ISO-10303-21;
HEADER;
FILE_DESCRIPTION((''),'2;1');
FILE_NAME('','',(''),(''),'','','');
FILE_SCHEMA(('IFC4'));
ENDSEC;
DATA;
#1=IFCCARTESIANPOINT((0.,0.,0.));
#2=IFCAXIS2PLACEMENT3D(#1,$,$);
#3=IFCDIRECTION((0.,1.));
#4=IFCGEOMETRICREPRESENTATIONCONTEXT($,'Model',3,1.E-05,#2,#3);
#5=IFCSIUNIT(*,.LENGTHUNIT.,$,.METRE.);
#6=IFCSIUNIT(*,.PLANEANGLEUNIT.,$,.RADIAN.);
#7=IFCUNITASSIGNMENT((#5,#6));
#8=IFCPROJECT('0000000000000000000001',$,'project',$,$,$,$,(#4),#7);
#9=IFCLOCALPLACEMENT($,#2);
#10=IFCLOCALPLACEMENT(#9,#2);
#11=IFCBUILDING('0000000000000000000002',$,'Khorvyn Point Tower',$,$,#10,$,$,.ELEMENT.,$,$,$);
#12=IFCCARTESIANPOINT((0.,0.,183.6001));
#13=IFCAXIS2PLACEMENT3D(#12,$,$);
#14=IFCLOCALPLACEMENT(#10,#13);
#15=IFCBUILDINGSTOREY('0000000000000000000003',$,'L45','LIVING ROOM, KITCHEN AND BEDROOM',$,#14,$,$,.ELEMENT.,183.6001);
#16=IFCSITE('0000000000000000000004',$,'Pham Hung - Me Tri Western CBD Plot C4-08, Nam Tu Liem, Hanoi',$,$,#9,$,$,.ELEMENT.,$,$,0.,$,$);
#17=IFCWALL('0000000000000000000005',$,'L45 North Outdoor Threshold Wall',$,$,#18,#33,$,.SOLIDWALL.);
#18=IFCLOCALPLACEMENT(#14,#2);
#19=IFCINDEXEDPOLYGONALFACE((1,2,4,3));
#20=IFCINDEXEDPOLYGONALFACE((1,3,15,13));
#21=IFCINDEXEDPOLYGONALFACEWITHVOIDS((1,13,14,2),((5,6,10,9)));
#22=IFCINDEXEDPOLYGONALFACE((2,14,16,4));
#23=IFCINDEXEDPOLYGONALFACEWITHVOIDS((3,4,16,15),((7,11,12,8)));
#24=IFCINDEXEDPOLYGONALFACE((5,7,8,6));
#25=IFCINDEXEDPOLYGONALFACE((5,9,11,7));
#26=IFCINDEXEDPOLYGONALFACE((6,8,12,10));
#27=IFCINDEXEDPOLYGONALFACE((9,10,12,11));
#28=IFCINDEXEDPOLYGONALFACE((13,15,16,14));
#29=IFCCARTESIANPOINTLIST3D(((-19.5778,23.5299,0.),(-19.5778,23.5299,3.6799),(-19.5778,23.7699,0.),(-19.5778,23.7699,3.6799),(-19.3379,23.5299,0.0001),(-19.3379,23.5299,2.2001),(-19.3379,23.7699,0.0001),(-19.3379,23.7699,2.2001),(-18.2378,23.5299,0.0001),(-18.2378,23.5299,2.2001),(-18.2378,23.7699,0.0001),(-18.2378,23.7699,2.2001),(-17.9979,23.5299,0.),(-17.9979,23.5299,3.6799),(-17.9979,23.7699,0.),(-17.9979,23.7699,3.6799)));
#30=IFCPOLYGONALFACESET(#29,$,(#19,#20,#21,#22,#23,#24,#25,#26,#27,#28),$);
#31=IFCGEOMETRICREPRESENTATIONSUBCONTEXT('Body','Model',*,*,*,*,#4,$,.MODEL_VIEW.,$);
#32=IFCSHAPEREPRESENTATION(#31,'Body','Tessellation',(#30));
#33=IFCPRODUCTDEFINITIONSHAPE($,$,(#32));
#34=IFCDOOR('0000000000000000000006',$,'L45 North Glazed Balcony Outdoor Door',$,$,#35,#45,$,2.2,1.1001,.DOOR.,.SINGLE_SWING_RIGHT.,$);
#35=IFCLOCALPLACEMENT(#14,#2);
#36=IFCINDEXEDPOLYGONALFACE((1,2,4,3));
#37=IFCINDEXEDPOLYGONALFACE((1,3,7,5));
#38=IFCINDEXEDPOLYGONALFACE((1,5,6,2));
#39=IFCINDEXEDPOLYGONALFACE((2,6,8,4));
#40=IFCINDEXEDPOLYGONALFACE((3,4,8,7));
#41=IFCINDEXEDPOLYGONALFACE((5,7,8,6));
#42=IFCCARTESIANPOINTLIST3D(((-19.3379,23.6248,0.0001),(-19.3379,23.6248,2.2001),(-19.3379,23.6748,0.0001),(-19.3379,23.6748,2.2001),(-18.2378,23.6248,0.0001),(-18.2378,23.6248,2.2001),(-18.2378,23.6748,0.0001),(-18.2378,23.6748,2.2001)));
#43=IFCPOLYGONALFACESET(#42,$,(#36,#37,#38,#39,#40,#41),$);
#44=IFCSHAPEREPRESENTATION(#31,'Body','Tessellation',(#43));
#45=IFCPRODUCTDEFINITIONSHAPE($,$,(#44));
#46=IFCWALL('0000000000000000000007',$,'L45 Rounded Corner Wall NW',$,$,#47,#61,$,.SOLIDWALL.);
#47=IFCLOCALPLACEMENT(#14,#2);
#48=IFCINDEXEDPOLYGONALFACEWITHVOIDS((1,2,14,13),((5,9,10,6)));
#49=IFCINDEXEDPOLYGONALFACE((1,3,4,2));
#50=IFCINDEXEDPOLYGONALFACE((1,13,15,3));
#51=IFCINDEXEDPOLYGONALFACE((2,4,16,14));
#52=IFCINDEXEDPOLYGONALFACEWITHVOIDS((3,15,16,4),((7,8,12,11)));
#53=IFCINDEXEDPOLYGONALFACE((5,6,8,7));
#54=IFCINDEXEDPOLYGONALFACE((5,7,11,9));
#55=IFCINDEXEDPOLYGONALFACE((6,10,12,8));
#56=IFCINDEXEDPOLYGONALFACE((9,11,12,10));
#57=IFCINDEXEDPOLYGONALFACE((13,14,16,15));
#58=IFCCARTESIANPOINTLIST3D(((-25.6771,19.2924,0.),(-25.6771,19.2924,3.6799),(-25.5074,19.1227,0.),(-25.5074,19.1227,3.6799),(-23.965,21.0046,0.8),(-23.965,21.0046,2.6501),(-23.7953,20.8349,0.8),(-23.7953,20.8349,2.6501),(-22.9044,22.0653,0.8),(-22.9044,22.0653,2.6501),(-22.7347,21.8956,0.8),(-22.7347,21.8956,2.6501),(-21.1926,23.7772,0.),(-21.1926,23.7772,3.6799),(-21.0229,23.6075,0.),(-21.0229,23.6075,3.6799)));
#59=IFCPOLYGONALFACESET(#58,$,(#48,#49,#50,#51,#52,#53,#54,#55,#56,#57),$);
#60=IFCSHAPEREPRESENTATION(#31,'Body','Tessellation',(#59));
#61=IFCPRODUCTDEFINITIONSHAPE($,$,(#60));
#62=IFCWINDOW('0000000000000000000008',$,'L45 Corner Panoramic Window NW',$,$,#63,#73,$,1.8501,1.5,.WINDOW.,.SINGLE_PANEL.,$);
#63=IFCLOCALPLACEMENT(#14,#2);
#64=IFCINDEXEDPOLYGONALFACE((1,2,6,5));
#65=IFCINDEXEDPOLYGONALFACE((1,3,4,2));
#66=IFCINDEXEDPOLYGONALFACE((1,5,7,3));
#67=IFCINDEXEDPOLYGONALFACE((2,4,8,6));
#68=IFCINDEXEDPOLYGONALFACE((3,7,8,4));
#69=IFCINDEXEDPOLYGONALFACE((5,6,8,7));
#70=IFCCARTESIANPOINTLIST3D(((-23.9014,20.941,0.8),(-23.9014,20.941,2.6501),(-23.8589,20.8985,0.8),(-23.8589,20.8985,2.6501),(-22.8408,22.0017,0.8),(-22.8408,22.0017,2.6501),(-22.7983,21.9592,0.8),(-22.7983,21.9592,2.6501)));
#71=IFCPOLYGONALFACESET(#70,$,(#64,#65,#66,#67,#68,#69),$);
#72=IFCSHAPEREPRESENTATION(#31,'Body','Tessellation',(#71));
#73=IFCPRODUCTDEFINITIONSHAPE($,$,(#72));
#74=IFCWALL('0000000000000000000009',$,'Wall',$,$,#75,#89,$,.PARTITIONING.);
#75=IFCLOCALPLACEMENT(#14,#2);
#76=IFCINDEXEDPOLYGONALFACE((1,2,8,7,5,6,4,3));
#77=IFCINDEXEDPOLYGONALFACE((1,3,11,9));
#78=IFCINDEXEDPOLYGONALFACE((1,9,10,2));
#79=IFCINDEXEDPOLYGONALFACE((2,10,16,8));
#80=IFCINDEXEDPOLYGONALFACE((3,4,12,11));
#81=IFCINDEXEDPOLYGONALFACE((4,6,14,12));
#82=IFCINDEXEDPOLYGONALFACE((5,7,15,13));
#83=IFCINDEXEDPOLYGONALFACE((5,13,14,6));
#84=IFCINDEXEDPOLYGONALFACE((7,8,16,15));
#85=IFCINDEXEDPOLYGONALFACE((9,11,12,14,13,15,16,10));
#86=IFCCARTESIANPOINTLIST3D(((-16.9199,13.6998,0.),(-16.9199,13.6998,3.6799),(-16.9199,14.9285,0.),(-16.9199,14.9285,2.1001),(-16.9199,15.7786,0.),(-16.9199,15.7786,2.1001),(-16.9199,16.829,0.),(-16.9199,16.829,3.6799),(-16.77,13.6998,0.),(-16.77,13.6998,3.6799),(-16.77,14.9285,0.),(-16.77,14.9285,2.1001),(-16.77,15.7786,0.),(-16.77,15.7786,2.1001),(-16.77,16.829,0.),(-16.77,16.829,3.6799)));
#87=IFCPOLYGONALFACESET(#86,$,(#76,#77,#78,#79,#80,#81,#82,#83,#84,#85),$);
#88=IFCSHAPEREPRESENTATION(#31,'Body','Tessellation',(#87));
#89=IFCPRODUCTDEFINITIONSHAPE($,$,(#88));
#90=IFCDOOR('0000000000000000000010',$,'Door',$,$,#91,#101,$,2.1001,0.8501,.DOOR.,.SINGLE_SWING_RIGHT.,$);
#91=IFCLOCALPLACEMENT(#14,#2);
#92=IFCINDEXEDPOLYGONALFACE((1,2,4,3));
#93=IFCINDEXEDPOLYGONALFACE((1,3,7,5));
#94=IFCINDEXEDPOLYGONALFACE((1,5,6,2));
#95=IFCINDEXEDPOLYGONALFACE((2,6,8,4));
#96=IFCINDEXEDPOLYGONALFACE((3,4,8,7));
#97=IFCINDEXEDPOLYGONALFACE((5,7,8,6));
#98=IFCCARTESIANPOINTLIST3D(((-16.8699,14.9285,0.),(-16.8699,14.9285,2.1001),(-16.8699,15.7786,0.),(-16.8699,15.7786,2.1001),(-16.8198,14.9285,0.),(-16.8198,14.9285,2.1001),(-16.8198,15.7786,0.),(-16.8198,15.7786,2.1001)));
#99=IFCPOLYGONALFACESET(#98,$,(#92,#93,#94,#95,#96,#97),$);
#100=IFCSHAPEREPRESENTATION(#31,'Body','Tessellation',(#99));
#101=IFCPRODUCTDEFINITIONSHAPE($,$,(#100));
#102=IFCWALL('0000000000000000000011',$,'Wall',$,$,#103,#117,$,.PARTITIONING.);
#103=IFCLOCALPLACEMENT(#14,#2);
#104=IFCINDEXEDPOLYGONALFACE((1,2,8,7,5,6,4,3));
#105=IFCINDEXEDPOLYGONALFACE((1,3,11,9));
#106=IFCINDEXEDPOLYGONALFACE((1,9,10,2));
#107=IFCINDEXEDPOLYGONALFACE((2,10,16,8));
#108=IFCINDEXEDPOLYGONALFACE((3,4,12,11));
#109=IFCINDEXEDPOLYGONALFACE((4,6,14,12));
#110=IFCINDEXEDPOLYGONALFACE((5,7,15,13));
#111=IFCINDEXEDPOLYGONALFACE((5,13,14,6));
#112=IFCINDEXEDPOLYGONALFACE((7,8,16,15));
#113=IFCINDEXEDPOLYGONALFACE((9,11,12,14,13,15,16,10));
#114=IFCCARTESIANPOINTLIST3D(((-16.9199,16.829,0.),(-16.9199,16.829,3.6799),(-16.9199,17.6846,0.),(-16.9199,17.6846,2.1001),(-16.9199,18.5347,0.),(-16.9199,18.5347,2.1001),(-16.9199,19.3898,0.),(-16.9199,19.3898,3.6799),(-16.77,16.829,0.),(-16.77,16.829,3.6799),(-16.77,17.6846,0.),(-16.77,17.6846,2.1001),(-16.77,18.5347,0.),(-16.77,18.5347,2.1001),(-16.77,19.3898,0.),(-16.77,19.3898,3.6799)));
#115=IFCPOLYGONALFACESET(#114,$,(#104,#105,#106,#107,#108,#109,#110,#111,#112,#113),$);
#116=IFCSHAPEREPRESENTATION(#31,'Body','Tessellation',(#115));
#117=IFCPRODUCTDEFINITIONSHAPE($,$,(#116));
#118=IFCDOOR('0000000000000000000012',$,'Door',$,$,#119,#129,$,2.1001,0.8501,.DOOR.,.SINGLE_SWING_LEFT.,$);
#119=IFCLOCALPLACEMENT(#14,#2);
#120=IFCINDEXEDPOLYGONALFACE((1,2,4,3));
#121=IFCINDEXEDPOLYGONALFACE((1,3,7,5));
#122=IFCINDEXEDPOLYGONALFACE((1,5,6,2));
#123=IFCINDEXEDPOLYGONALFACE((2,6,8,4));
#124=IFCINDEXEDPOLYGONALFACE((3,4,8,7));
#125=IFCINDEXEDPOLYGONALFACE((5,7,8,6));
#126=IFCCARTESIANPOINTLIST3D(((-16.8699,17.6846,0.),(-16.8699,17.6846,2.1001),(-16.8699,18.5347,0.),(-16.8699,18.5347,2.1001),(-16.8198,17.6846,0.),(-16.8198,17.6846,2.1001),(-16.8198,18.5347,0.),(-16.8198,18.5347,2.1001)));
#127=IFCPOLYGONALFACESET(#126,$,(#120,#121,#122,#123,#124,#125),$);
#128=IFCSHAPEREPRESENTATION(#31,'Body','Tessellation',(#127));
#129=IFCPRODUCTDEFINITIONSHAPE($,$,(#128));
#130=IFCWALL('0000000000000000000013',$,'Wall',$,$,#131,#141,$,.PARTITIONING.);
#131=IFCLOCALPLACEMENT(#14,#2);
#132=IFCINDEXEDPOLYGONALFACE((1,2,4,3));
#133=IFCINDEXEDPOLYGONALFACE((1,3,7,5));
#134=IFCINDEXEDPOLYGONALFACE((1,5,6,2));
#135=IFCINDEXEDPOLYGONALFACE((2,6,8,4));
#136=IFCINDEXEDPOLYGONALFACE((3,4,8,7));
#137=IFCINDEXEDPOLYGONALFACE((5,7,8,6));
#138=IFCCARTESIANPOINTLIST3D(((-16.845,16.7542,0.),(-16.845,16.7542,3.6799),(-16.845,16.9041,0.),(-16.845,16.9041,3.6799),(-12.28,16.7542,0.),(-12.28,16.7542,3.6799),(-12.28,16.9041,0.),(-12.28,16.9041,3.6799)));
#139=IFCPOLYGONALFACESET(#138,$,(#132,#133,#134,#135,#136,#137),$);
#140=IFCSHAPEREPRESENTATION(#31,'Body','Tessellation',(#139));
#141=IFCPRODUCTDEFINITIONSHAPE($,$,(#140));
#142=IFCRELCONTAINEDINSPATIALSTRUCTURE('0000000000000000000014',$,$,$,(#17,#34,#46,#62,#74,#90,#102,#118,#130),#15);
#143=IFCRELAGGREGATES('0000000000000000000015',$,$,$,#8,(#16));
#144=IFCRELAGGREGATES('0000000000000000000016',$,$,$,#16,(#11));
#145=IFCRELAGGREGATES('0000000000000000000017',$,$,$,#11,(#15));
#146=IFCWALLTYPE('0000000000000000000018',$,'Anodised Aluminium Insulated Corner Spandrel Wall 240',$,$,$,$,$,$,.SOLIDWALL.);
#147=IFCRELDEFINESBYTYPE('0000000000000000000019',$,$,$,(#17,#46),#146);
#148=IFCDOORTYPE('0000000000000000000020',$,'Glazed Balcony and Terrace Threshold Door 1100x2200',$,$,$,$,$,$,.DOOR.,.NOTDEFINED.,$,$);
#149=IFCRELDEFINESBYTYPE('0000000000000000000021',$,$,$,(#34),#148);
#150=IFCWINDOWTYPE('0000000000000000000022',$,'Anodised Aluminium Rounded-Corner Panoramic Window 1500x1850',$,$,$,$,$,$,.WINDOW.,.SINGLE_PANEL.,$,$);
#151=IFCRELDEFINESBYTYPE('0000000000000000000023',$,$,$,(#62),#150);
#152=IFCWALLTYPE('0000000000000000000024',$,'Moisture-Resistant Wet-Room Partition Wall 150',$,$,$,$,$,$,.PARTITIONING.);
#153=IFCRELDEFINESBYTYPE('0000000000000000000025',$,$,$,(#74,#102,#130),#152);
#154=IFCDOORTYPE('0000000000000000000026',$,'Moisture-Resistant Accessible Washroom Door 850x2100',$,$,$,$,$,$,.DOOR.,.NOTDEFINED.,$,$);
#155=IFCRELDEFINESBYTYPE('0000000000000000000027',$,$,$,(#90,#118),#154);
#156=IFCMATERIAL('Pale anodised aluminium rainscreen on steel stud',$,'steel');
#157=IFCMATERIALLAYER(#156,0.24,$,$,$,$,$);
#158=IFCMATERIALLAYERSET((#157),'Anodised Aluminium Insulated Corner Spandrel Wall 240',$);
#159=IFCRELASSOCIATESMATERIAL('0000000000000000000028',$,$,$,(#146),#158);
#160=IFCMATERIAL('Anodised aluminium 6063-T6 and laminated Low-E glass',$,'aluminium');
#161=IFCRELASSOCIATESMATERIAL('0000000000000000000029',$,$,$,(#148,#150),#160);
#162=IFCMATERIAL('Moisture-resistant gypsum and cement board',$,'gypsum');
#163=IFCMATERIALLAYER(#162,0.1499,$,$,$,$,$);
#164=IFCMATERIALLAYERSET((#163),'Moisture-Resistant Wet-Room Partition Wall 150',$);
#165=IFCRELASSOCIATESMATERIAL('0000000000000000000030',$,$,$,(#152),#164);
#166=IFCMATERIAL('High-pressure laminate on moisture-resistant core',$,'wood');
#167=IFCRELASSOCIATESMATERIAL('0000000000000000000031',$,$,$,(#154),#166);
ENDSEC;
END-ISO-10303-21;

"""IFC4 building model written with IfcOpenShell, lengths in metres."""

from ifc_helpers import new_model, si_unit, direction, frame, frame_2d, origin, place, context, subcontext, project, spatial, rectangle, extrude, material, layer, layer_set, type_object, element, fill, save


model = new_model("IFC4")

# Units and contexts
model_context = context("Model", 3, precision=1e-05, world=origin(), true_north=direction((0.0, 1.0)))
body_context = subcontext(model_context, "Body", "Model", "MODEL_VIEW")
ifc_project = project(units=[si_unit("LENGTHUNIT", "METRE"), si_unit("PLANEANGLEUNIT", "RADIAN")], contexts=[model_context])

# Site, building, storey
site_placement = place(None, origin())
site = spatial("IfcSite", under=ifc_project, at=site_placement, Name="Pham Hung - Me Tri Western CBD Plot C4-08, Nam Tu Liem, Hanoi", CompositionType="ELEMENT", RefElevation=0.0)
building_placement = place(site_placement, origin())
building = spatial("IfcBuilding", under=site, at=building_placement, Name="Khorvyn Point Tower", CompositionType="ELEMENT")
storey_placement = place(building_placement, frame((0.0, 0.0, 183.6001)))
storey = spatial("IfcBuildingStorey", under=building, at=storey_placement, Name="L45", Description="LIVING ROOM, KITCHEN AND BEDROOM", CompositionType="ELEMENT", Elevation=183.6001)

# Shared definitions
ifc_material_1 = material(Name="Anodised aluminium 6063-T6 and laminated Low-E glass", Category="aluminium")

# Wall, opening, door
ifc_material_2 = material(Name="Pale anodised aluminium rainscreen on steel stud", Category="steel")
ifc_layer_1 = layer(ifc_material_2, 0.24)
ifc_layer_set_1 = layer_set([ifc_layer_1], Name="Anodised Aluminium Insulated Corner Spandrel Wall 240")
wall_type_1 = type_object("IfcWallType", Name="Anodised Aluminium Insulated Corner Spandrel Wall 240", PredefinedType="SOLIDWALL", material=ifc_layer_set_1)
wall_1_placement = place(storey_placement, frame((-19.5779, 23.6499, 0.0), z_axis=(0.0, 0.0, 1.0), x_axis=(1.0, 0.0, 0.0)))
wall_1 = element("IfcWall", 1, at=wall_1_placement, inside=storey, type_object=wall_type_1, Name="L45 North Outdoor Threshold Wall", PredefinedType="SOLIDWALL", context=body_context, shape_type="SweptSolid", body=[
    extrude(rectangle(XDim=1.5798, YDim=0.24, at=frame_2d((0.79, 0.0))), origin(), (0.0, 0.0, 1.0), 3.6799),
])
opening_1_placement = place(wall_1_placement, frame((0.24, 0.0, 0.0)))
opening_1 = element("IfcOpeningElement", 2, at=opening_1_placement, cuts=wall_1, PredefinedType="OPENING", context=body_context, shape_type="SweptSolid", body=[
    extrude(rectangle(XDim=1.1001, YDim=2.2, at=frame_2d((0.55, 1.1001))), frame((0.0, 0.1299, 0.0), z_axis=(0.0, -1.0, 0.0), x_axis=(1.0, 0.0, 0.0)), (0.0, 0.0, 1.0), 0.26),
])
door_type_1 = type_object("IfcDoorType", Name="Glazed Balcony and Terrace Threshold Door 1100x2200", OperationType="NOTDEFINED", PredefinedType="DOOR", material=ifc_material_1)
door_1_placement = place(opening_1_placement, origin())
door_1 = element("IfcDoor", 3, at=door_1_placement, inside=storey, type_object=door_type_1, Name="L45 North Glazed Balcony Outdoor Door", OperationType="SINGLE_SWING_RIGHT", OverallHeight=2.2, OverallWidth=1.1001, PredefinedType="DOOR", context=body_context, shape_type="SweptSolid", body=[
    extrude(rectangle(XDim=1.1001, YDim=2.2, at=frame_2d((0.55, 1.1001))), frame((0.0, 0.0249, 0.0), z_axis=(0.0, -1.0, 0.0), x_axis=(1.0, 0.0, 0.0)), (0.0, 0.0, 1.0), 0.05),
])
fill(opening_1, door_1)

# Wall, opening, window
wall_2_placement = place(storey_placement, frame((-25.5923, 19.2075, 0.0), z_axis=(0.0, 0.0, 1.0), x_axis=(0.707088, 0.707126, 0.0)))
wall_2 = element("IfcWall", 4, at=wall_2_placement, inside=storey, type_object=wall_type_1, Name="L45 Rounded Corner Wall NW", PredefinedType="SOLIDWALL", context=body_context, shape_type="SweptSolid", body=[
    extrude(rectangle(XDim=6.3423, YDim=0.24, at=frame_2d((3.1711, 0.0))), origin(), (0.0, 0.0, 1.0), 3.6799),
])
opening_2_placement = place(wall_2_placement, frame((2.4214, 0.0, 0.8)))
opening_2 = element("IfcOpeningElement", 5, at=opening_2_placement, cuts=wall_2, PredefinedType="OPENING", context=body_context, shape_type="SweptSolid", body=[
    extrude(rectangle(XDim=1.5, YDim=1.8501, at=frame_2d((0.75, 0.925))), frame((0.0, 0.1299, 0.0), z_axis=(0.0, -1.0, 0.0), x_axis=(1.0, 0.0, 0.0)), (0.0, 0.0, 1.0), 0.26),
])
window_type = type_object("IfcWindowType", Name="Anodised Aluminium Rounded-Corner Panoramic Window 1500x1850", PartitioningType="SINGLE_PANEL", PredefinedType="WINDOW", material=ifc_material_1)
window_placement = place(opening_2_placement, origin())
window = element("IfcWindow", 6, at=window_placement, inside=storey, type_object=window_type, Name="L45 Corner Panoramic Window NW", OverallHeight=1.8501, OverallWidth=1.5, PartitioningType="SINGLE_PANEL", PredefinedType="WINDOW", context=body_context, shape_type="SweptSolid", body=[
    extrude(rectangle(XDim=1.5, YDim=1.8501, at=frame_2d((0.75, 0.925))), frame((0.0, 0.03, 0.0), z_axis=(0.0, -1.0, 0.0), x_axis=(1.0, 0.0, 0.0)), (0.0, 0.0, 1.0), 0.0601),
])
fill(opening_2, window)

# Walls, openings, doors
ifc_material_3 = material(Name="Moisture-resistant gypsum and cement board", Category="gypsum")
ifc_layer_2 = layer(ifc_material_3, 0.1499)
ifc_layer_set_2 = layer_set([ifc_layer_2], Name="Moisture-Resistant Wet-Room Partition Wall 150")
wall_type_2 = type_object("IfcWallType", Name="Moisture-Resistant Wet-Room Partition Wall 150", PredefinedType="PARTITIONING", material=ifc_layer_set_2)
wall_3_placement = place(storey_placement, frame((-16.845, 13.7, 0.0), z_axis=(0.0, 0.0, 1.0), x_axis=(0.0, 1.0, 0.0)))
wall_3 = element("IfcWall", 7, at=wall_3_placement, inside=storey, type_object=wall_type_2, Name="Wall", PredefinedType="PARTITIONING", context=body_context, shape_type="SweptSolid", body=[
    extrude(rectangle(XDim=3.1292, YDim=0.1499, at=frame_2d((1.5645, 0.0))), origin(), (0.0, 0.0, 1.0), 3.6799),
])
opening_3_placement = place(wall_3_placement, frame((1.2285, 0.0, 0.0)))
opening_3 = element("IfcOpeningElement", 8, at=opening_3_placement, cuts=wall_3, PredefinedType="OPENING", context=body_context, shape_type="SweptSolid", body=[
    extrude(rectangle(XDim=0.8501, YDim=2.1001, at=frame_2d((0.425, 1.05))), frame((0.0, 0.085, 0.0), z_axis=(0.0, -1.0, 0.0), x_axis=(1.0, 0.0, 0.0)), (0.0, 0.0, 1.0), 0.1699),
])
ifc_material_4 = material(Name="High-pressure laminate on moisture-resistant core", Category="wood")
door_type_2 = type_object("IfcDoorType", Name="Moisture-Resistant Accessible Washroom Door 850x2100", OperationType="NOTDEFINED", PredefinedType="DOOR", material=ifc_material_4)
door_2_placement = place(opening_3_placement, origin())
door_2 = element("IfcDoor", 9, at=door_2_placement, inside=storey, type_object=door_type_2, Name="Door", OperationType="SINGLE_SWING_RIGHT", OverallHeight=2.1001, OverallWidth=0.8501, PredefinedType="DOOR", context=body_context, shape_type="SweptSolid", body=[
    extrude(rectangle(XDim=0.8501, YDim=2.1001, at=frame_2d((0.425, 1.05))), frame((0.0, 0.0249, 0.0), z_axis=(0.0, -1.0, 0.0), x_axis=(1.0, 0.0, 0.0)), (0.0, 0.0, 1.0), 0.05),
])
fill(opening_3, door_2)
wall_4_placement = place(storey_placement, frame((-16.845, 16.8291, 0.0), z_axis=(0.0, 0.0, 1.0), x_axis=(0.0, 1.0, 0.0)))
wall_4 = element("IfcWall", 10, at=wall_4_placement, inside=storey, type_object=wall_type_2, Name="Wall", PredefinedType="PARTITIONING", context=body_context, shape_type="SweptSolid", body=[
    extrude(rectangle(XDim=2.5608, YDim=0.1499, at=frame_2d((1.2803, 0.0))), origin(), (0.0, 0.0, 1.0), 3.6799),
])
opening_4_placement = place(wall_4_placement, frame((0.8555, 0.0, 0.0)))
opening_4 = element("IfcOpeningElement", 11, at=opening_4_placement, cuts=wall_4, PredefinedType="OPENING", context=body_context, shape_type="SweptSolid", body=[
    extrude(rectangle(XDim=0.8501, YDim=2.1001, at=frame_2d((0.425, 1.05))), frame((0.0, 0.085, 0.0), z_axis=(0.0, -1.0, 0.0), x_axis=(1.0, 0.0, 0.0)), (0.0, 0.0, 1.0), 0.1699),
])
door_3_placement = place(opening_4_placement, origin())
door_3 = element("IfcDoor", 12, at=door_3_placement, inside=storey, type_object=door_type_2, Name="Door", OperationType="SINGLE_SWING_LEFT", OverallHeight=2.1001, OverallWidth=0.8501, PredefinedType="DOOR", context=body_context, shape_type="SweptSolid", body=[
    extrude(rectangle(XDim=0.8501, YDim=2.1001, at=frame_2d((0.425, 1.05))), frame((0.0, 0.0249, 0.0), z_axis=(0.0, -1.0, 0.0), x_axis=(1.0, 0.0, 0.0)), (0.0, 0.0, 1.0), 0.05),
])
fill(opening_4, door_3)

# Wall
wall_5_placement = place(storey_placement, frame((-16.845, 16.8291, 0.0), z_axis=(0.0, 0.0, 1.0), x_axis=(1.0, 0.0, 0.0)))
element("IfcWall", 13, at=wall_5_placement, inside=storey, type_object=wall_type_2, Name="Wall", PredefinedType="PARTITIONING", context=body_context, shape_type="SweptSolid", body=[
    extrude(rectangle(XDim=4.5649, YDim=0.1499, at=frame_2d((2.2825, 0.0))), origin(), (0.0, 0.0, 1.0), 3.6799),
])

save(model, "model.ifc")
